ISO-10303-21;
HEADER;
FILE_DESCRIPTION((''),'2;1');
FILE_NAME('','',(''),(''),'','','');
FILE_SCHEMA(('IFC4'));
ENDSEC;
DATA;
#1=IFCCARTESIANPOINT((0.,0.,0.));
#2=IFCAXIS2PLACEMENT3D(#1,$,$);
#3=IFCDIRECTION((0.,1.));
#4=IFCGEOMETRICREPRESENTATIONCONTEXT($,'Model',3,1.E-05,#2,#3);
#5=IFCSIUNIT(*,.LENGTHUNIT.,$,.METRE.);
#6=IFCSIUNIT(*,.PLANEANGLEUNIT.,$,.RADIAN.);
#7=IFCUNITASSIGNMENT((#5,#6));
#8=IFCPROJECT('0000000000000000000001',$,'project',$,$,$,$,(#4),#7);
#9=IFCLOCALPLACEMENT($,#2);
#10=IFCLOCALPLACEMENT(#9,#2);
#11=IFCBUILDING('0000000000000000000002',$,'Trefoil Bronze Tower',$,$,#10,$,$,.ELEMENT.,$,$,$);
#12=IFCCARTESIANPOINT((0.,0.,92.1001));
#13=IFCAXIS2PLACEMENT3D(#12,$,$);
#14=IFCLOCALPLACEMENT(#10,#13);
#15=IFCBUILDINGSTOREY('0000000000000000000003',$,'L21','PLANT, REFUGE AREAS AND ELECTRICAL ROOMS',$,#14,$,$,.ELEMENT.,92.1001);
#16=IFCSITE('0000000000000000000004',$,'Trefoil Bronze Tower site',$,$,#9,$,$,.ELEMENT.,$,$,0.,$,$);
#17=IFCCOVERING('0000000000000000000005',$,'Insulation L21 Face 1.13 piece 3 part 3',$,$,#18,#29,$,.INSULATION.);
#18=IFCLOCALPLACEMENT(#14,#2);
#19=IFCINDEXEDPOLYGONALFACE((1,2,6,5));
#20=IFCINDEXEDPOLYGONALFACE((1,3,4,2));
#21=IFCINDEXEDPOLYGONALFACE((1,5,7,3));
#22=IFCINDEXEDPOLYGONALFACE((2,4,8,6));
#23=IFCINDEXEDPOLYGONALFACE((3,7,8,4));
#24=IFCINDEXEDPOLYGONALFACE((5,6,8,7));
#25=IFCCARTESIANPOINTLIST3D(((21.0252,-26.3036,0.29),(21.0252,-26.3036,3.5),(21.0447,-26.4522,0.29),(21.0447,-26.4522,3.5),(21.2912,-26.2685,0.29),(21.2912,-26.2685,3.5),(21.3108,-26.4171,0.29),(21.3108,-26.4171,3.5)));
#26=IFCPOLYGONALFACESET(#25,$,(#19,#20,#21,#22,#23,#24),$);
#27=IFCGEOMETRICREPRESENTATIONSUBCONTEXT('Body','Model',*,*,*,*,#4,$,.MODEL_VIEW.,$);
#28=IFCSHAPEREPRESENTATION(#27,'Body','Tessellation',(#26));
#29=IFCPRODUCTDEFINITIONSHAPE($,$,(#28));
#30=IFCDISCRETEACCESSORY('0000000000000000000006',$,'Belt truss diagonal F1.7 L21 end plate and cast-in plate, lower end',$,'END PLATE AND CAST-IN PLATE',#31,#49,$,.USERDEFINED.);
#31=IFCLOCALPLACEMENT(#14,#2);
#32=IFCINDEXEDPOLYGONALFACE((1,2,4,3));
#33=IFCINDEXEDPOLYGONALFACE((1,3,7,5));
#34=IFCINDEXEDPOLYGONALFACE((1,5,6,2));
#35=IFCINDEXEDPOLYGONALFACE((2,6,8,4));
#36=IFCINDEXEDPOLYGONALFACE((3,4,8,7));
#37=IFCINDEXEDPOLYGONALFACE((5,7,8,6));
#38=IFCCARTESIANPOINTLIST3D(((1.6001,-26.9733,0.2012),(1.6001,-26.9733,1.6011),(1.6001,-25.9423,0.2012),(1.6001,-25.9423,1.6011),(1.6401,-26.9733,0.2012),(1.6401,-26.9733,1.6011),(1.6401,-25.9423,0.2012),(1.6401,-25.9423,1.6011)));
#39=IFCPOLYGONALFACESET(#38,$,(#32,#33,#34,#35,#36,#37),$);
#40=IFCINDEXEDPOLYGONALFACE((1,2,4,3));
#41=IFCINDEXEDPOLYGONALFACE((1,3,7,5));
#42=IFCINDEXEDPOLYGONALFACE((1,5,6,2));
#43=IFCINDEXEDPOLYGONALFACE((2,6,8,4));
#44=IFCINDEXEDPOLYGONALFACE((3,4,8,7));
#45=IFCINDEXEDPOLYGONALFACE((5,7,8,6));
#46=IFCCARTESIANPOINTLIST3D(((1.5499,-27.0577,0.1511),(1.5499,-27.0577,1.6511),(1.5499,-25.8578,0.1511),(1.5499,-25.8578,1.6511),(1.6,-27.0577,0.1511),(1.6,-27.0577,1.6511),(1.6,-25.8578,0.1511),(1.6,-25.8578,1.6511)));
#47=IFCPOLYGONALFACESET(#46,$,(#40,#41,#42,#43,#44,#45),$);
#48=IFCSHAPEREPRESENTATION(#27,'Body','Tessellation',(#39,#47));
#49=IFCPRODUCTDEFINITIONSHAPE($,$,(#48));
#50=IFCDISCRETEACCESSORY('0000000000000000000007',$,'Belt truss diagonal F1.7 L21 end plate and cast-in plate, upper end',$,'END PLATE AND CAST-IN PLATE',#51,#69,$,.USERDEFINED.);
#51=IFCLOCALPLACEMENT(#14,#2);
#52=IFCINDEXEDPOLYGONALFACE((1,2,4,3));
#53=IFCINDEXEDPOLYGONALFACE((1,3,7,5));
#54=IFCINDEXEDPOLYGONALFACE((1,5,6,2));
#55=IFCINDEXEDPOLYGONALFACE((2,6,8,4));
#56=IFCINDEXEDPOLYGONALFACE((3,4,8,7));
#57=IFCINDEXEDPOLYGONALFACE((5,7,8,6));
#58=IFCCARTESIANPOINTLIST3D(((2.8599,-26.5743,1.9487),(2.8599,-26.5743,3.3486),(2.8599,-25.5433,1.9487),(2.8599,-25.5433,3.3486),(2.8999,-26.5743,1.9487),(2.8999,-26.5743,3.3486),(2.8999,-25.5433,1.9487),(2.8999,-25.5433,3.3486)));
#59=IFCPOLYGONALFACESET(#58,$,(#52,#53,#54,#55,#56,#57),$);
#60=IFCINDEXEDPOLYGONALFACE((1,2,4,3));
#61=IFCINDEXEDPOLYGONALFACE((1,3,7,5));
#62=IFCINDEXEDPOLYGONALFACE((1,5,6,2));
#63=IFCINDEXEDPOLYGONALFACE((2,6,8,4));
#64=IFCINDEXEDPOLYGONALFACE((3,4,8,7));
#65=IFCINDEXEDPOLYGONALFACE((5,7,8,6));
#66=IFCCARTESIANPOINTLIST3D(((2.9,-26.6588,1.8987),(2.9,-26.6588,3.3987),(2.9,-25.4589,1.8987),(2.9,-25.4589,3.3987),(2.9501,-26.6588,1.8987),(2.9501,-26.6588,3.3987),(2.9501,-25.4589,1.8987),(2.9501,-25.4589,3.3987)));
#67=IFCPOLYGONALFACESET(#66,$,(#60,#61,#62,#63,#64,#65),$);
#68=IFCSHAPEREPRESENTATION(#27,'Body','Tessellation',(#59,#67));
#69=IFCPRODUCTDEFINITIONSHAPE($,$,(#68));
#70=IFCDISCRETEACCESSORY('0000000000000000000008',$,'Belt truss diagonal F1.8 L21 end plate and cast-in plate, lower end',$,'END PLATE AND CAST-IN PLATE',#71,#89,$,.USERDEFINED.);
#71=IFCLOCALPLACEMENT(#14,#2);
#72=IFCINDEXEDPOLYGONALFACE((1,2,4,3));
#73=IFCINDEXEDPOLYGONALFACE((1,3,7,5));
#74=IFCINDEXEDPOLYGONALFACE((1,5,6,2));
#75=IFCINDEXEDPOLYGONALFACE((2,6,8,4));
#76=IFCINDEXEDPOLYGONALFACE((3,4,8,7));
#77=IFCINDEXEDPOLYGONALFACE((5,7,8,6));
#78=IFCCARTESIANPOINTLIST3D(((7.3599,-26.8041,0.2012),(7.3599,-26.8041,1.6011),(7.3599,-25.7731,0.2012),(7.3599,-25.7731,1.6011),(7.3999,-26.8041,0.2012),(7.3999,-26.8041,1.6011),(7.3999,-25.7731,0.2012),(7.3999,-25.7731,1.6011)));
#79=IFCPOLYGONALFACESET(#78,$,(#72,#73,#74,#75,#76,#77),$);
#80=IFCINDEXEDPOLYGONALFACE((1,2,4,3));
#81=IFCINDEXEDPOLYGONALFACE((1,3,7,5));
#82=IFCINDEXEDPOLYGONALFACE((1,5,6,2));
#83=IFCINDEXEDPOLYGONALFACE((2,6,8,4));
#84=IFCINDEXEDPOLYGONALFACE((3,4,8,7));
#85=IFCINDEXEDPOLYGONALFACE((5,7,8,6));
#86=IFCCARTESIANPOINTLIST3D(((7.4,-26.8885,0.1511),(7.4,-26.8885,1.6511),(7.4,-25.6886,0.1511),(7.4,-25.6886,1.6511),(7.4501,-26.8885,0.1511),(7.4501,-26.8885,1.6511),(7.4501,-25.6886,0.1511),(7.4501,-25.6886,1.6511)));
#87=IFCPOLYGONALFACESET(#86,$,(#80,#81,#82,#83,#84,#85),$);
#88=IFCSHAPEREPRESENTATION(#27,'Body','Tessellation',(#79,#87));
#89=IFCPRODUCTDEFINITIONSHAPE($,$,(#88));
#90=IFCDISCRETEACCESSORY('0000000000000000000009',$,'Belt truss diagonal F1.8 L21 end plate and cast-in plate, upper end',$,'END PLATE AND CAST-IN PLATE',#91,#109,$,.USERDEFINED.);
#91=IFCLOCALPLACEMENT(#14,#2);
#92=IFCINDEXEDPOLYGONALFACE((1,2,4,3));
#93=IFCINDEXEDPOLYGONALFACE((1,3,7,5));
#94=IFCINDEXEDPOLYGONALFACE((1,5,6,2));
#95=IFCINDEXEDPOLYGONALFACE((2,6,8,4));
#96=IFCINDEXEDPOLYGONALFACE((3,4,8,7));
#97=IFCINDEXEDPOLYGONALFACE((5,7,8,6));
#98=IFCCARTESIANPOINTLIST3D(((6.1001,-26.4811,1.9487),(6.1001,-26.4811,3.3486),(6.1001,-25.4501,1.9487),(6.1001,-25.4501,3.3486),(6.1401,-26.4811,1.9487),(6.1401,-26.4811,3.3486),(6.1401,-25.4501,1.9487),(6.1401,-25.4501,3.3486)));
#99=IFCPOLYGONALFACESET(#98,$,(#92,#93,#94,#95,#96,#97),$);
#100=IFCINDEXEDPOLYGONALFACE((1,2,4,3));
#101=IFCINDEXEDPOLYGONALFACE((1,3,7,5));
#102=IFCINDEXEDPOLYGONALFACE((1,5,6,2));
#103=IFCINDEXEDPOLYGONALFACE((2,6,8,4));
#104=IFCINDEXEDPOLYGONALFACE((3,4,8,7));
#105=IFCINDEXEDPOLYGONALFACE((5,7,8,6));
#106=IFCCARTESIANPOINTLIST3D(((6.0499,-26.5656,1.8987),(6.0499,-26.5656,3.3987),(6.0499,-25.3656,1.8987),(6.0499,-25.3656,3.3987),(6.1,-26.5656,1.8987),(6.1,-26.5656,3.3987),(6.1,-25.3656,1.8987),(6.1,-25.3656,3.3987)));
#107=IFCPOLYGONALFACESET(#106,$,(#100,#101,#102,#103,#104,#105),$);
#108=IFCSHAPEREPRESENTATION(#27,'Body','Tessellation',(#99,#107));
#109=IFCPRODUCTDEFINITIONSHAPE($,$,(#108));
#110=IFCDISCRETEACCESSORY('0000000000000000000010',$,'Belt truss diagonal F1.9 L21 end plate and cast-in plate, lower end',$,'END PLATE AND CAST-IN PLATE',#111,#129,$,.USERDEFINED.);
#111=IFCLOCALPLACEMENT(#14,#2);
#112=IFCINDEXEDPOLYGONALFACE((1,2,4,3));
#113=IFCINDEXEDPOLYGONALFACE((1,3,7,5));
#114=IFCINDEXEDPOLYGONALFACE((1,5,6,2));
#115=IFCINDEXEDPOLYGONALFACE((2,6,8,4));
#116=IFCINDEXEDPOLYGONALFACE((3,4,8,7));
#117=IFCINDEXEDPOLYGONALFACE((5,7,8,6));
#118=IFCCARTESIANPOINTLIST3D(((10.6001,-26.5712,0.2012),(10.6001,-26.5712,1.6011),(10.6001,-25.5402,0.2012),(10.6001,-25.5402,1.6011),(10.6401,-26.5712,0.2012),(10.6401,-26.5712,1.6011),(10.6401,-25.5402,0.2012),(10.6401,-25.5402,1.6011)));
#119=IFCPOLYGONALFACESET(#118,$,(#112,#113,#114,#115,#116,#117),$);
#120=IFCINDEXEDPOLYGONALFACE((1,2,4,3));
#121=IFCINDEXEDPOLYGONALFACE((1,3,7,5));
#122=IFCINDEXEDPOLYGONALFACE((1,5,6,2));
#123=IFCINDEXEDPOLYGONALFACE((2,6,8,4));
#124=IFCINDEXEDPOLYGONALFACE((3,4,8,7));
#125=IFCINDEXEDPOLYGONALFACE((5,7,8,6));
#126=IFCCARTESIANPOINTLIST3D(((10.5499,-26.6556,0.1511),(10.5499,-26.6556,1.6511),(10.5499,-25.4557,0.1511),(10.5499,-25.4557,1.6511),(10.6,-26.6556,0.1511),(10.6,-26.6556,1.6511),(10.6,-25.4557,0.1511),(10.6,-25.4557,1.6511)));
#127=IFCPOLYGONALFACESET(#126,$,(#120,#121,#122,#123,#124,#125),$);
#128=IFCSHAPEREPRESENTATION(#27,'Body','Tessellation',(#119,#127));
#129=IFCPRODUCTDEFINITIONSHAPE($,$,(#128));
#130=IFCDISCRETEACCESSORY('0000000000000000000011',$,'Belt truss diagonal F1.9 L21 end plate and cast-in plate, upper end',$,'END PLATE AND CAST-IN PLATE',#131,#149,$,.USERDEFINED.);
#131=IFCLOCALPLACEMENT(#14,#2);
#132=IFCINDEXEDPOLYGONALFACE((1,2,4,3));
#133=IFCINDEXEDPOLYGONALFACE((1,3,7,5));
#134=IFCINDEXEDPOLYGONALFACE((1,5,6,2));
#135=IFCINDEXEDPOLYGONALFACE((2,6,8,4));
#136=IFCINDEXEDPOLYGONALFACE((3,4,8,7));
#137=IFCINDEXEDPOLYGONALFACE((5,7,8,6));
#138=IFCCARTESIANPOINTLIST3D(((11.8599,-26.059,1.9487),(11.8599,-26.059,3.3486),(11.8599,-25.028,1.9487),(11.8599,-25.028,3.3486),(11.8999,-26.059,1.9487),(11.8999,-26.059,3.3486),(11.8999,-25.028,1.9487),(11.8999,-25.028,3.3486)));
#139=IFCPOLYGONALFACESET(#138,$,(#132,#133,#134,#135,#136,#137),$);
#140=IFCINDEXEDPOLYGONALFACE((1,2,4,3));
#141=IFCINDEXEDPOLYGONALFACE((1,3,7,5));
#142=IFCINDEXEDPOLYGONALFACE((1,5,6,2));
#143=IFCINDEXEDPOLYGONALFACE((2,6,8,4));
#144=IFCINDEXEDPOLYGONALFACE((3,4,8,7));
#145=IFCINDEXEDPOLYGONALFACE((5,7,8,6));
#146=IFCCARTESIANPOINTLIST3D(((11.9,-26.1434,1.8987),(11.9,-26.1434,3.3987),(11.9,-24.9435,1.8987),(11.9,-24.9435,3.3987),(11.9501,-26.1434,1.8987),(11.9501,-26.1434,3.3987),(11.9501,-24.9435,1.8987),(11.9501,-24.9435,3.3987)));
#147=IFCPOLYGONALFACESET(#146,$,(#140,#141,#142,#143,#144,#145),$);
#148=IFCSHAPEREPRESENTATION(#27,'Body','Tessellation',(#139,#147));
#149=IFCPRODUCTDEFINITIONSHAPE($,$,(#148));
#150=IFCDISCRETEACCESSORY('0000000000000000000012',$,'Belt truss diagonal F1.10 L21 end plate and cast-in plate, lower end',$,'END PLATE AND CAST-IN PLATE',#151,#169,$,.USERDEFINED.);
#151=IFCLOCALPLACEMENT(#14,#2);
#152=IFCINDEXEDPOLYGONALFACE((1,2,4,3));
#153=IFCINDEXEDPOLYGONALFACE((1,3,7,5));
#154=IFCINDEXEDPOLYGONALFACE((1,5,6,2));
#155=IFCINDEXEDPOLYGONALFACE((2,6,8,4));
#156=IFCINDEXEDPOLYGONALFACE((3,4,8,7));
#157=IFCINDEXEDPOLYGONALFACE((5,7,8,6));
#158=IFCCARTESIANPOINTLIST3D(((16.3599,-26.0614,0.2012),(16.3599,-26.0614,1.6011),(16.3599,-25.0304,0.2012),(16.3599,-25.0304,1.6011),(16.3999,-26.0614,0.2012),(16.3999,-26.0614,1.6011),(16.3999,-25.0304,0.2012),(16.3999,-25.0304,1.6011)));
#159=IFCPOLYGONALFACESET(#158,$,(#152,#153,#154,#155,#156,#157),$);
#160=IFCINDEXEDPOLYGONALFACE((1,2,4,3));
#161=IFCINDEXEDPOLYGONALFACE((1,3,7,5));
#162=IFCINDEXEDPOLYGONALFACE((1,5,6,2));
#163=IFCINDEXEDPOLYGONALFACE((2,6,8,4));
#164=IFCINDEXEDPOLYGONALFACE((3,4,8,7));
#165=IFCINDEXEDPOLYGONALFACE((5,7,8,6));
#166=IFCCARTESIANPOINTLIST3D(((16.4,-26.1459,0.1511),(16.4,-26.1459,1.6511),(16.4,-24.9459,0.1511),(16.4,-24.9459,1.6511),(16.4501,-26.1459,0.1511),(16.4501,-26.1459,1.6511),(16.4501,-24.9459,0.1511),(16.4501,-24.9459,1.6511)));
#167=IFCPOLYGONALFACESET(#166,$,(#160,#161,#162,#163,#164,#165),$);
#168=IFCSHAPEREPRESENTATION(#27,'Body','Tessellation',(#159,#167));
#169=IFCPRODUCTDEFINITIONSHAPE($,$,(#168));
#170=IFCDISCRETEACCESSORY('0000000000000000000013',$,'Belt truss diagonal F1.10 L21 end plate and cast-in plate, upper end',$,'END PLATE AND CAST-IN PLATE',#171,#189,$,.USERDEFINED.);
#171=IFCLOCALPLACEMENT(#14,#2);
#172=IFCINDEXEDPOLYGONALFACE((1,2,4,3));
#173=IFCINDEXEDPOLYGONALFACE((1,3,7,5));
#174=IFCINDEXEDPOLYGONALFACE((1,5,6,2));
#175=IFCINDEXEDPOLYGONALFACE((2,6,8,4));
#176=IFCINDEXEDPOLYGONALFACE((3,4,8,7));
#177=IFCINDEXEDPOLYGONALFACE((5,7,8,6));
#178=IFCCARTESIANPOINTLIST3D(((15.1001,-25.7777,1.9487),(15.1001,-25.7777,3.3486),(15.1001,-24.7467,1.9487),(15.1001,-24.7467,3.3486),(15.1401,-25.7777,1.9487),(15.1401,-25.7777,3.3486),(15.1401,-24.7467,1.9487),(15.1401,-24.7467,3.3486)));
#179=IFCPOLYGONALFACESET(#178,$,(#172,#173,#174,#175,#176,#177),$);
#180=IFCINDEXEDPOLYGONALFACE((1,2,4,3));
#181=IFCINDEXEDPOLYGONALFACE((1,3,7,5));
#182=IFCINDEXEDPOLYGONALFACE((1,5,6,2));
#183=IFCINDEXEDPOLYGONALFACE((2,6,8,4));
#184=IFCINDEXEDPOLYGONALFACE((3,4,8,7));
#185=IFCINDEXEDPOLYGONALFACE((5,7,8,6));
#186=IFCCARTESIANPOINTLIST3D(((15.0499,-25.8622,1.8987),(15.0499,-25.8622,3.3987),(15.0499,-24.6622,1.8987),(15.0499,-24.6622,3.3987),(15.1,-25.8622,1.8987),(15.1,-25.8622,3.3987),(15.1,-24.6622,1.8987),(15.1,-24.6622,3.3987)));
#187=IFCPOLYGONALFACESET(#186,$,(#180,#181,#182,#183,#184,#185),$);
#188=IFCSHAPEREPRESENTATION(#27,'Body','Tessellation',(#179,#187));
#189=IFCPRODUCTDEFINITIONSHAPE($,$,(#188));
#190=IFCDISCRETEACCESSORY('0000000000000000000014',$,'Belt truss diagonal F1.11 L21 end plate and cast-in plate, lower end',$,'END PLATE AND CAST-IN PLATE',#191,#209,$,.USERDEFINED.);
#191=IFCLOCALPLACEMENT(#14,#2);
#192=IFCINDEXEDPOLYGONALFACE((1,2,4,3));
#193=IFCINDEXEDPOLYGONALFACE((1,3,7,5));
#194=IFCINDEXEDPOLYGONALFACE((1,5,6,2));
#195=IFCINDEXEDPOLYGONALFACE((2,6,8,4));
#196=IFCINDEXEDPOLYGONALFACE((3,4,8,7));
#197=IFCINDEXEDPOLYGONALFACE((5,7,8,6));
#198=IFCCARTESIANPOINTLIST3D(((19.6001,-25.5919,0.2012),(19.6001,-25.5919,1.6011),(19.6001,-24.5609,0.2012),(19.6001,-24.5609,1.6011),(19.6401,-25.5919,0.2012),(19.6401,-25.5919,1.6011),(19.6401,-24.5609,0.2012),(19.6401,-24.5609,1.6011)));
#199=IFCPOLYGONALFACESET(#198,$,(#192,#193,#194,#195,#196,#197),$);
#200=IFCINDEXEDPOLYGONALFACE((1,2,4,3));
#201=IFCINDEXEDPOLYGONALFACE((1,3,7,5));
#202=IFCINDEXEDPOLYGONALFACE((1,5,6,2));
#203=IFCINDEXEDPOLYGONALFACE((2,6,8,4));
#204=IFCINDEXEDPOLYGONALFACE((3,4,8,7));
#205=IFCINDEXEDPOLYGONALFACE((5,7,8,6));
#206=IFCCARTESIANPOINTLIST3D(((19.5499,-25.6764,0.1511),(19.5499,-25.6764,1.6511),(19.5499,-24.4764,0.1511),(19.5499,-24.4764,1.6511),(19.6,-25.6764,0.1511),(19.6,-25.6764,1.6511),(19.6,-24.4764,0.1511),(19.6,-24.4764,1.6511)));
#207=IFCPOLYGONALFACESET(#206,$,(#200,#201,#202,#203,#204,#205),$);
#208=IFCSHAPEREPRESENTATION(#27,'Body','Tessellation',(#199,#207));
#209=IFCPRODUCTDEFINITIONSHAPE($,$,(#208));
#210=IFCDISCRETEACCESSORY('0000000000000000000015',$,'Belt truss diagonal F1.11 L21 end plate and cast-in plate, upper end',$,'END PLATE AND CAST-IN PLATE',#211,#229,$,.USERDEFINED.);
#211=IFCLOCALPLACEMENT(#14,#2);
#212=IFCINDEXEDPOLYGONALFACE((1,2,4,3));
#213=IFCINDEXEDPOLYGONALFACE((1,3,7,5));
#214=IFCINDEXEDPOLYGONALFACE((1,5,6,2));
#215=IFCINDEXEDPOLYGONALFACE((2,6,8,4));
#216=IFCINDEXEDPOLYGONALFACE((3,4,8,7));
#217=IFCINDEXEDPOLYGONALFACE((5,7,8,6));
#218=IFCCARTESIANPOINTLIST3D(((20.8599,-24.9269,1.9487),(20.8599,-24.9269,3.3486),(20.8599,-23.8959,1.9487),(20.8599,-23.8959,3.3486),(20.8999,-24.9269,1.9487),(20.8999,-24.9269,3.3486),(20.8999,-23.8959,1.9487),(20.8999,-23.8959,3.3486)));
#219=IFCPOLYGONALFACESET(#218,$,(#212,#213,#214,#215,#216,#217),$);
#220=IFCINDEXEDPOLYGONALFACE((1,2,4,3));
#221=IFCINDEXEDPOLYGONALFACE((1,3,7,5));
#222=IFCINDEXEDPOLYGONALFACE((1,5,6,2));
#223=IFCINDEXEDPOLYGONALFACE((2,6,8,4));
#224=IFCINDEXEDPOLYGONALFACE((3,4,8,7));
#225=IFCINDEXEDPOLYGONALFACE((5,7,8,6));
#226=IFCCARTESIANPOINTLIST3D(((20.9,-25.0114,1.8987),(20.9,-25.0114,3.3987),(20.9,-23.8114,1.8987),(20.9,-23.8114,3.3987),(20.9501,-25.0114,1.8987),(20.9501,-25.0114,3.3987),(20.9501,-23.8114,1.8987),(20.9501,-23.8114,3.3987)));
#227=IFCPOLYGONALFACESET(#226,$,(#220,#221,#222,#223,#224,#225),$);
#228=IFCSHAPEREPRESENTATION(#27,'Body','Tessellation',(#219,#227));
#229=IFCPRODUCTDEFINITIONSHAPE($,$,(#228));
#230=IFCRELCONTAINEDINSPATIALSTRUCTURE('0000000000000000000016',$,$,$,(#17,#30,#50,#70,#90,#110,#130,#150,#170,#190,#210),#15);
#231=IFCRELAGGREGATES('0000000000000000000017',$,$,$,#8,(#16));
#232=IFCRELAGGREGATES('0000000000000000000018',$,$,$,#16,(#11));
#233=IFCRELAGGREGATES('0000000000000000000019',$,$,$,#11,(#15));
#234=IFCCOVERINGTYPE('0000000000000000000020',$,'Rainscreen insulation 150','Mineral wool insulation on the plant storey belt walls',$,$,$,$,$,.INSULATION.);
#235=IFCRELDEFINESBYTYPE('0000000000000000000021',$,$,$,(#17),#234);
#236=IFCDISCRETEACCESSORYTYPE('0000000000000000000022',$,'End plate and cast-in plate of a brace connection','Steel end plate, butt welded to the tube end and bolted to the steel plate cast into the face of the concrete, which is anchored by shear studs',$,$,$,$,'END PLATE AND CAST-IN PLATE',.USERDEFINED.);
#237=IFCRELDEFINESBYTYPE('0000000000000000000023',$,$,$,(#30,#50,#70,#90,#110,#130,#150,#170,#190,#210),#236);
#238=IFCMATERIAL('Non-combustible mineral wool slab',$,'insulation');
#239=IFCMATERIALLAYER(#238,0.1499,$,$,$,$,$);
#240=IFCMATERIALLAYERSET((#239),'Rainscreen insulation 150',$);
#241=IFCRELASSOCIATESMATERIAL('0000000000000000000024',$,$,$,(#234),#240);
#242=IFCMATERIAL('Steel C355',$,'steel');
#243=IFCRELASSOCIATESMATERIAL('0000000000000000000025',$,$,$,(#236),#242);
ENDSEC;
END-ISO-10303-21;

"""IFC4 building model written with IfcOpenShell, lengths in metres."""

from ifc_helpers import new_model, si_unit, direction, frame, origin, origin_2d, place, context, subcontext, project, spatial, rectangle, extrude, material, layer, layer_set, type_object, element, save


model = new_model("IFC4")

# Units and contexts
model_context = context("Model", 3, precision=1e-05, world=origin(), true_north=direction((0.0, 1.0)))
body_context = subcontext(model_context, "Body", "Model", "MODEL_VIEW")
ifc_project = project(units=[si_unit("LENGTHUNIT", "METRE"), si_unit("PLANEANGLEUNIT", "RADIAN")], contexts=[model_context])

# Site, building, storey
site_placement = place(None, origin())
site = spatial("IfcSite", under=ifc_project, at=site_placement, Name="Trefoil Bronze Tower site", CompositionType="ELEMENT", RefElevation=0.0)
building_placement = place(site_placement, origin())
building = spatial("IfcBuilding", under=site, at=building_placement, Name="Trefoil Bronze Tower", CompositionType="ELEMENT")
storey_placement = place(building_placement, frame((0.0, 0.0, 92.1001)))
storey = spatial("IfcBuildingStorey", under=building, at=storey_placement, Name="L21", Description="PLANT, REFUGE AREAS AND ELECTRICAL ROOMS", CompositionType="ELEMENT", Elevation=92.1001)

# Covering
ifc_material_1 = material(Name="Non-combustible mineral wool slab", Category="insulation")
ifc_layer_1 = layer(ifc_material_1, 0.1499)
ifc_layer_set_1 = layer_set([ifc_layer_1], Name="Rainscreen insulation 150")
covering_type_1 = type_object("IfcCoveringType", Name="Rainscreen insulation 150", Description="Mineral wool insulation on the plant storey belt walls", PredefinedType="INSULATION", material=ifc_layer_set_1)
covering_1_placement = place(storey_placement, frame((21.168, -26.3604, 0.29), z_axis=(0.0, 0.0, 1.0), x_axis=(0.991437, 0.130584, 0.0)))
element("IfcCovering", 1, at=covering_1_placement, inside=storey, type_object=covering_type_1, Name="Insulation L21 Face 1.13 piece 3 part 3", PredefinedType="INSULATION", context=body_context, shape_type="SweptSolid", body=[
    extrude(rectangle(XDim=0.2683, YDim=0.1499, at=origin_2d()), origin(), (0.0, 0.0, 1.0), 3.21),
])

# Discrete accessories
ifc_material_2 = material(Name="Steel C355", Category="steel")
discrete_accessory_type = type_object("IfcDiscreteAccessoryType", Name="End plate and cast-in plate of a brace connection", Description="Steel end plate, butt welded to the tube end and bolted to the steel plate cast into the face of the concrete, which is anchored by shear studs", ElementType="END PLATE AND CAST-IN PLATE", PredefinedType="USERDEFINED", material=ifc_material_2)
for number, where, z_axis, x_axis, name in (
    (2, (1.6001, -26.4578, 0.9011), (0.0, 0.0, 1.0), (1.0, 0.0, 0.0), "Belt truss diagonal F1.7 L21 end plate and cast-in plate, lower end"),
    (3, (2.8999, -26.0588, 2.6487), (0.0, 0.0, 1.0), (-1.0, 0.0, 0.0), "Belt truss diagonal F1.7 L21 end plate and cast-in plate, upper end"),
    (4, (7.3999, -26.2886, 0.9011), (0.0, 0.0, 1.0), (-1.0, 0.0, 0.0), "Belt truss diagonal F1.8 L21 end plate and cast-in plate, lower end"),
    (5, (6.1001, -25.9656, 2.6487), (0.0, 0.0, 1.0), (1.0, 0.0, 0.0), "Belt truss diagonal F1.8 L21 end plate and cast-in plate, upper end"),
    (6, (10.6001, -26.0557, 0.9011), (0.0, 0.0, 1.0), (1.0, 0.0, 0.0), "Belt truss diagonal F1.9 L21 end plate and cast-in plate, lower end"),
    (7, (11.8999, -25.5435, 2.6487), (0.0, 0.0, 1.0), (-1.0, 0.0, 0.0), "Belt truss diagonal F1.9 L21 end plate and cast-in plate, upper end"),
    (8, (16.3999, -25.5459, 0.9011), (0.0, 0.0, 1.0), (-1.0, 0.0, 0.0), "Belt truss diagonal F1.10 L21 end plate and cast-in plate, lower end"),
    (9, (15.1001, -25.2622, 2.6487), (0.0, 0.0, 1.0), (1.0, 0.0, 0.0), "Belt truss diagonal F1.10 L21 end plate and cast-in plate, upper end"),
    (10, (19.6001, -25.0764, 0.9011), (0.0, 0.0, 1.0), (1.0, 0.0, 0.0), "Belt truss diagonal F1.11 L21 end plate and cast-in plate, lower end"),
    (11, (20.8999, -24.4114, 2.6487), (0.0, 0.0, 1.0), (-1.0, 0.0, 0.0), "Belt truss diagonal F1.11 L21 end plate and cast-in plate, upper end"),
):
    element("IfcDiscreteAccessory", number, at=place(storey_placement, frame(where, z_axis=z_axis, x_axis=x_axis)), inside=storey, type_object=discrete_accessory_type, Name=name, ObjectType="END PLATE AND CAST-IN PLATE", PredefinedType="USERDEFINED", context=body_context, shape_type="SweptSolid", body=[
        extrude(rectangle(XDim=0.04, YDim=1.031, at=origin_2d()), frame((0.02, 0.0, -0.7)), (0.0, 0.0, 1.0), 1.3999),
        extrude(rectangle(XDim=0.05, YDim=1.2, at=origin_2d()), frame((-0.0251, 0.0, -0.75)), (0.0, 0.0, 1.0), 1.5),
    ])

save(model, "model.ifc")
